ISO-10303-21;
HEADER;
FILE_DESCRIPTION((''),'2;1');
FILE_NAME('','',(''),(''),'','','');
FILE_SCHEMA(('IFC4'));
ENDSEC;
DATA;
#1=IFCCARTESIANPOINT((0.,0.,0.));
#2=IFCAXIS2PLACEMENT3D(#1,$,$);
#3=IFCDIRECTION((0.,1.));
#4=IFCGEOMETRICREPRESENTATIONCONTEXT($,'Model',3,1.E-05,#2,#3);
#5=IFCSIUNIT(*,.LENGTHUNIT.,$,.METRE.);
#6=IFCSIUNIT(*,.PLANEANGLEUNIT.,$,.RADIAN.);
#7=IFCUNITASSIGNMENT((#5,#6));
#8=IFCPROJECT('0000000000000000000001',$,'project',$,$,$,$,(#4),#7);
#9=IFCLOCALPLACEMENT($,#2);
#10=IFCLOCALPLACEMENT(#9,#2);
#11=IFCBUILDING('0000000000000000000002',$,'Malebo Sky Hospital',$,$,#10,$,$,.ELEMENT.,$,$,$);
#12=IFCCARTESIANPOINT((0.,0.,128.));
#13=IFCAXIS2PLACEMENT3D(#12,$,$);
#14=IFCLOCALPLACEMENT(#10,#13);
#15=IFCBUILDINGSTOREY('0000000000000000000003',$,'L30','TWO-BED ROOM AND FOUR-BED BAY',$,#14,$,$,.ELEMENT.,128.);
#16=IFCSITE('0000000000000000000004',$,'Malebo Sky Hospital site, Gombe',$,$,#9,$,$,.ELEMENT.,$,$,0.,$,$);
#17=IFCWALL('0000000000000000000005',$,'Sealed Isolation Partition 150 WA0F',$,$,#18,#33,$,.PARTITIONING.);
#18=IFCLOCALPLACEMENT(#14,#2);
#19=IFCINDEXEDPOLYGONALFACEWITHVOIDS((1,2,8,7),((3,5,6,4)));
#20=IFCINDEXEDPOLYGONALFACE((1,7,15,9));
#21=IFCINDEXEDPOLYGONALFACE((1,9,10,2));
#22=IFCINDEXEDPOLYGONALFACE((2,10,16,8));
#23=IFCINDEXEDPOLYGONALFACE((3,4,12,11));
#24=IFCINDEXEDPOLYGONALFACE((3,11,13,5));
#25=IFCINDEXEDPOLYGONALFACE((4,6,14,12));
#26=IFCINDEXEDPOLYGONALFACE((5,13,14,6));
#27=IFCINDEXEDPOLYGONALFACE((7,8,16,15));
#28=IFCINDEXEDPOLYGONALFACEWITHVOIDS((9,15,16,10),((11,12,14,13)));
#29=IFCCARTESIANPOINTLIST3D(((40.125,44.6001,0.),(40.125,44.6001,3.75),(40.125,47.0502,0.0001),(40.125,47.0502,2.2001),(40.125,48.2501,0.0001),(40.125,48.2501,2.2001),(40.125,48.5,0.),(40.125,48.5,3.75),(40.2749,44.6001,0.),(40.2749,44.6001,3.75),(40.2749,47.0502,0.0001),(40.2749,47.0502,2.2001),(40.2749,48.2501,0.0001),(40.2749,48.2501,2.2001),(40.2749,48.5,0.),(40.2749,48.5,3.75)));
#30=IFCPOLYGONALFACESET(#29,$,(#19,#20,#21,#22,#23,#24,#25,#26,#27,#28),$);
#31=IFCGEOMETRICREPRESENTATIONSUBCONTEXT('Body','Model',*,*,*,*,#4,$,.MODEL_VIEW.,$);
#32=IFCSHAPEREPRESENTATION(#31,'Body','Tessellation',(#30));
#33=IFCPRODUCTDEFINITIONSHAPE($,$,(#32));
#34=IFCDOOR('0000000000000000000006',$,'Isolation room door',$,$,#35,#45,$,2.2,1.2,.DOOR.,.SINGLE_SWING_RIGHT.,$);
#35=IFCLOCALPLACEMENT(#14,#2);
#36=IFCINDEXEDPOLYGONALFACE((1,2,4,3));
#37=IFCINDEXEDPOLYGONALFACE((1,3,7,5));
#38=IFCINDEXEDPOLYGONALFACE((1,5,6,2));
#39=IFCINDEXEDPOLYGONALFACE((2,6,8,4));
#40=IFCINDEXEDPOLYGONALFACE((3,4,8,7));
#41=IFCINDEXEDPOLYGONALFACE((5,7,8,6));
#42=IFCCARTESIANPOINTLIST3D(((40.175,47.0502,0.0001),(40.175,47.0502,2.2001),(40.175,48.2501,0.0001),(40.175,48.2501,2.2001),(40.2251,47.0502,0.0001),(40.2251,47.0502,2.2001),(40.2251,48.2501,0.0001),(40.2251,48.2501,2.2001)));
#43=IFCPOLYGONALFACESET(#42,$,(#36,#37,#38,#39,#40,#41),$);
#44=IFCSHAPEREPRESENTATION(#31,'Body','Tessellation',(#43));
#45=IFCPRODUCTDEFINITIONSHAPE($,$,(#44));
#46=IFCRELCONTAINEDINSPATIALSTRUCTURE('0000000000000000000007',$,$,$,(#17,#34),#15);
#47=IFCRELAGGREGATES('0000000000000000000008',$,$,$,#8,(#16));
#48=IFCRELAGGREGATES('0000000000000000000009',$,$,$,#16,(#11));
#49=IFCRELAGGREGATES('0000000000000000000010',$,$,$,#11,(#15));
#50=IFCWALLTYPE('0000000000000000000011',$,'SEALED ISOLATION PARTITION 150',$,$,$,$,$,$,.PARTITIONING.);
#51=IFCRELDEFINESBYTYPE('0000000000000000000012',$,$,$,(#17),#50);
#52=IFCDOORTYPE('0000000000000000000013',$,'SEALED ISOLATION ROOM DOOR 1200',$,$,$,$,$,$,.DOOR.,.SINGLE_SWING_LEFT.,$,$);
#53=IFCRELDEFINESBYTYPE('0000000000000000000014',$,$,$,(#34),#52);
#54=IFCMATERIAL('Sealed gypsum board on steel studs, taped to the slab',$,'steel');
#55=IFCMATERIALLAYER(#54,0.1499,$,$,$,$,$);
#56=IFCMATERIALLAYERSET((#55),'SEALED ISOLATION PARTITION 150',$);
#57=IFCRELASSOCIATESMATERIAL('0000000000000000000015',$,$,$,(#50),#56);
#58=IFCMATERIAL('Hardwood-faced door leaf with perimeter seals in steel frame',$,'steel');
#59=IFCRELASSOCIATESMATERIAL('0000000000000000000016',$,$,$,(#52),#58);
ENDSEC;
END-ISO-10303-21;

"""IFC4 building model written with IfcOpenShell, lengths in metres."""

from ifc_helpers import new_model, si_unit, direction, frame, frame_2d, origin, place, context, subcontext, project, spatial, rectangle, extrude, material, layer, layer_set, type_object, element, fill, save


model = new_model("IFC4")

# Units and contexts
model_context = context("Model", 3, precision=1e-05, world=origin(), true_north=direction((0.0, 1.0)))
body_context = subcontext(model_context, "Body", "Model", "MODEL_VIEW")
ifc_project = project(units=[si_unit("LENGTHUNIT", "METRE"), si_unit("PLANEANGLEUNIT", "RADIAN")], contexts=[model_context])

# Site, building, storey
site_placement = place(None, origin())
site = spatial("IfcSite", under=ifc_project, at=site_placement, Name="Malebo Sky Hospital site, Gombe", CompositionType="ELEMENT", RefElevation=0.0)
building_placement = place(site_placement, origin())
building = spatial("IfcBuilding", under=site, at=building_placement, Name="Malebo Sky Hospital", CompositionType="ELEMENT")
storey_placement = place(building_placement, frame((0.0, 0.0, 128.0)))
storey = spatial("IfcBuildingStorey", under=building, at=storey_placement, Name="L30", Description="TWO-BED ROOM AND FOUR-BED BAY", CompositionType="ELEMENT", Elevation=128.0)

# Wall, opening, door
ifc_material_1 = material(Name="Sealed gypsum board on steel studs, taped to the slab", Category="steel")
ifc_layer_1 = layer(ifc_material_1, 0.1499)
ifc_layer_set_1 = layer_set([ifc_layer_1], Name="SEALED ISOLATION PARTITION 150")
wall_type_1 = type_object("IfcWallType", Name="SEALED ISOLATION PARTITION 150", PredefinedType="PARTITIONING", material=ifc_layer_set_1)
wall_1_placement = place(storey_placement, frame((40.2, 44.6001, 0.0), z_axis=(0.0, 0.0, 1.0), x_axis=(0.0, 1.0, 0.0)))
wall_1 = element("IfcWall", 1, at=wall_1_placement, inside=storey, type_object=wall_type_1, Name="Sealed Isolation Partition 150 WA0F", PredefinedType="PARTITIONING", context=body_context, shape_type="SweptSolid", body=[
    extrude(rectangle(XDim=3.8999, YDim=0.1499, at=frame_2d((1.95, 0.0))), origin(), (0.0, 0.0, 1.0), 3.75),
])
opening_1_placement = place(wall_1_placement, frame((2.45, 0.0, 0.0)))
opening_1 = element("IfcOpeningElement", 2, at=opening_1_placement, cuts=wall_1, PredefinedType="OPENING", context=body_context, shape_type="SweptSolid", body=[
    extrude(rectangle(XDim=1.2, YDim=2.2, at=frame_2d((0.6001, 1.1001))), frame((0.0, 0.085, 0.0), z_axis=(0.0, -1.0, 0.0), x_axis=(1.0, 0.0, 0.0)), (0.0, 0.0, 1.0), 0.1699),
])
ifc_material_2 = material(Name="Hardwood-faced door leaf with perimeter seals in steel frame", Category="steel")
door_type_1 = type_object("IfcDoorType", Name="SEALED ISOLATION ROOM DOOR 1200", OperationType="SINGLE_SWING_LEFT", PredefinedType="DOOR", material=ifc_material_2)
door_1_placement = place(opening_1_placement, origin())
door_1 = element("IfcDoor", 3, at=door_1_placement, inside=storey, type_object=door_type_1, Name="Isolation room door", OperationType="SINGLE_SWING_RIGHT", OverallHeight=2.2, OverallWidth=1.2, PredefinedType="DOOR", context=body_context, shape_type="SweptSolid", body=[
    extrude(rectangle(XDim=1.2, YDim=2.2, at=frame_2d((0.6001, 1.1001))), frame((0.0, 0.0249, 0.0), z_axis=(0.0, -1.0, 0.0), x_axis=(1.0, 0.0, 0.0)), (0.0, 0.0, 1.0), 0.05),
])
fill(opening_1, door_1)

save(model, "model.ifc")
